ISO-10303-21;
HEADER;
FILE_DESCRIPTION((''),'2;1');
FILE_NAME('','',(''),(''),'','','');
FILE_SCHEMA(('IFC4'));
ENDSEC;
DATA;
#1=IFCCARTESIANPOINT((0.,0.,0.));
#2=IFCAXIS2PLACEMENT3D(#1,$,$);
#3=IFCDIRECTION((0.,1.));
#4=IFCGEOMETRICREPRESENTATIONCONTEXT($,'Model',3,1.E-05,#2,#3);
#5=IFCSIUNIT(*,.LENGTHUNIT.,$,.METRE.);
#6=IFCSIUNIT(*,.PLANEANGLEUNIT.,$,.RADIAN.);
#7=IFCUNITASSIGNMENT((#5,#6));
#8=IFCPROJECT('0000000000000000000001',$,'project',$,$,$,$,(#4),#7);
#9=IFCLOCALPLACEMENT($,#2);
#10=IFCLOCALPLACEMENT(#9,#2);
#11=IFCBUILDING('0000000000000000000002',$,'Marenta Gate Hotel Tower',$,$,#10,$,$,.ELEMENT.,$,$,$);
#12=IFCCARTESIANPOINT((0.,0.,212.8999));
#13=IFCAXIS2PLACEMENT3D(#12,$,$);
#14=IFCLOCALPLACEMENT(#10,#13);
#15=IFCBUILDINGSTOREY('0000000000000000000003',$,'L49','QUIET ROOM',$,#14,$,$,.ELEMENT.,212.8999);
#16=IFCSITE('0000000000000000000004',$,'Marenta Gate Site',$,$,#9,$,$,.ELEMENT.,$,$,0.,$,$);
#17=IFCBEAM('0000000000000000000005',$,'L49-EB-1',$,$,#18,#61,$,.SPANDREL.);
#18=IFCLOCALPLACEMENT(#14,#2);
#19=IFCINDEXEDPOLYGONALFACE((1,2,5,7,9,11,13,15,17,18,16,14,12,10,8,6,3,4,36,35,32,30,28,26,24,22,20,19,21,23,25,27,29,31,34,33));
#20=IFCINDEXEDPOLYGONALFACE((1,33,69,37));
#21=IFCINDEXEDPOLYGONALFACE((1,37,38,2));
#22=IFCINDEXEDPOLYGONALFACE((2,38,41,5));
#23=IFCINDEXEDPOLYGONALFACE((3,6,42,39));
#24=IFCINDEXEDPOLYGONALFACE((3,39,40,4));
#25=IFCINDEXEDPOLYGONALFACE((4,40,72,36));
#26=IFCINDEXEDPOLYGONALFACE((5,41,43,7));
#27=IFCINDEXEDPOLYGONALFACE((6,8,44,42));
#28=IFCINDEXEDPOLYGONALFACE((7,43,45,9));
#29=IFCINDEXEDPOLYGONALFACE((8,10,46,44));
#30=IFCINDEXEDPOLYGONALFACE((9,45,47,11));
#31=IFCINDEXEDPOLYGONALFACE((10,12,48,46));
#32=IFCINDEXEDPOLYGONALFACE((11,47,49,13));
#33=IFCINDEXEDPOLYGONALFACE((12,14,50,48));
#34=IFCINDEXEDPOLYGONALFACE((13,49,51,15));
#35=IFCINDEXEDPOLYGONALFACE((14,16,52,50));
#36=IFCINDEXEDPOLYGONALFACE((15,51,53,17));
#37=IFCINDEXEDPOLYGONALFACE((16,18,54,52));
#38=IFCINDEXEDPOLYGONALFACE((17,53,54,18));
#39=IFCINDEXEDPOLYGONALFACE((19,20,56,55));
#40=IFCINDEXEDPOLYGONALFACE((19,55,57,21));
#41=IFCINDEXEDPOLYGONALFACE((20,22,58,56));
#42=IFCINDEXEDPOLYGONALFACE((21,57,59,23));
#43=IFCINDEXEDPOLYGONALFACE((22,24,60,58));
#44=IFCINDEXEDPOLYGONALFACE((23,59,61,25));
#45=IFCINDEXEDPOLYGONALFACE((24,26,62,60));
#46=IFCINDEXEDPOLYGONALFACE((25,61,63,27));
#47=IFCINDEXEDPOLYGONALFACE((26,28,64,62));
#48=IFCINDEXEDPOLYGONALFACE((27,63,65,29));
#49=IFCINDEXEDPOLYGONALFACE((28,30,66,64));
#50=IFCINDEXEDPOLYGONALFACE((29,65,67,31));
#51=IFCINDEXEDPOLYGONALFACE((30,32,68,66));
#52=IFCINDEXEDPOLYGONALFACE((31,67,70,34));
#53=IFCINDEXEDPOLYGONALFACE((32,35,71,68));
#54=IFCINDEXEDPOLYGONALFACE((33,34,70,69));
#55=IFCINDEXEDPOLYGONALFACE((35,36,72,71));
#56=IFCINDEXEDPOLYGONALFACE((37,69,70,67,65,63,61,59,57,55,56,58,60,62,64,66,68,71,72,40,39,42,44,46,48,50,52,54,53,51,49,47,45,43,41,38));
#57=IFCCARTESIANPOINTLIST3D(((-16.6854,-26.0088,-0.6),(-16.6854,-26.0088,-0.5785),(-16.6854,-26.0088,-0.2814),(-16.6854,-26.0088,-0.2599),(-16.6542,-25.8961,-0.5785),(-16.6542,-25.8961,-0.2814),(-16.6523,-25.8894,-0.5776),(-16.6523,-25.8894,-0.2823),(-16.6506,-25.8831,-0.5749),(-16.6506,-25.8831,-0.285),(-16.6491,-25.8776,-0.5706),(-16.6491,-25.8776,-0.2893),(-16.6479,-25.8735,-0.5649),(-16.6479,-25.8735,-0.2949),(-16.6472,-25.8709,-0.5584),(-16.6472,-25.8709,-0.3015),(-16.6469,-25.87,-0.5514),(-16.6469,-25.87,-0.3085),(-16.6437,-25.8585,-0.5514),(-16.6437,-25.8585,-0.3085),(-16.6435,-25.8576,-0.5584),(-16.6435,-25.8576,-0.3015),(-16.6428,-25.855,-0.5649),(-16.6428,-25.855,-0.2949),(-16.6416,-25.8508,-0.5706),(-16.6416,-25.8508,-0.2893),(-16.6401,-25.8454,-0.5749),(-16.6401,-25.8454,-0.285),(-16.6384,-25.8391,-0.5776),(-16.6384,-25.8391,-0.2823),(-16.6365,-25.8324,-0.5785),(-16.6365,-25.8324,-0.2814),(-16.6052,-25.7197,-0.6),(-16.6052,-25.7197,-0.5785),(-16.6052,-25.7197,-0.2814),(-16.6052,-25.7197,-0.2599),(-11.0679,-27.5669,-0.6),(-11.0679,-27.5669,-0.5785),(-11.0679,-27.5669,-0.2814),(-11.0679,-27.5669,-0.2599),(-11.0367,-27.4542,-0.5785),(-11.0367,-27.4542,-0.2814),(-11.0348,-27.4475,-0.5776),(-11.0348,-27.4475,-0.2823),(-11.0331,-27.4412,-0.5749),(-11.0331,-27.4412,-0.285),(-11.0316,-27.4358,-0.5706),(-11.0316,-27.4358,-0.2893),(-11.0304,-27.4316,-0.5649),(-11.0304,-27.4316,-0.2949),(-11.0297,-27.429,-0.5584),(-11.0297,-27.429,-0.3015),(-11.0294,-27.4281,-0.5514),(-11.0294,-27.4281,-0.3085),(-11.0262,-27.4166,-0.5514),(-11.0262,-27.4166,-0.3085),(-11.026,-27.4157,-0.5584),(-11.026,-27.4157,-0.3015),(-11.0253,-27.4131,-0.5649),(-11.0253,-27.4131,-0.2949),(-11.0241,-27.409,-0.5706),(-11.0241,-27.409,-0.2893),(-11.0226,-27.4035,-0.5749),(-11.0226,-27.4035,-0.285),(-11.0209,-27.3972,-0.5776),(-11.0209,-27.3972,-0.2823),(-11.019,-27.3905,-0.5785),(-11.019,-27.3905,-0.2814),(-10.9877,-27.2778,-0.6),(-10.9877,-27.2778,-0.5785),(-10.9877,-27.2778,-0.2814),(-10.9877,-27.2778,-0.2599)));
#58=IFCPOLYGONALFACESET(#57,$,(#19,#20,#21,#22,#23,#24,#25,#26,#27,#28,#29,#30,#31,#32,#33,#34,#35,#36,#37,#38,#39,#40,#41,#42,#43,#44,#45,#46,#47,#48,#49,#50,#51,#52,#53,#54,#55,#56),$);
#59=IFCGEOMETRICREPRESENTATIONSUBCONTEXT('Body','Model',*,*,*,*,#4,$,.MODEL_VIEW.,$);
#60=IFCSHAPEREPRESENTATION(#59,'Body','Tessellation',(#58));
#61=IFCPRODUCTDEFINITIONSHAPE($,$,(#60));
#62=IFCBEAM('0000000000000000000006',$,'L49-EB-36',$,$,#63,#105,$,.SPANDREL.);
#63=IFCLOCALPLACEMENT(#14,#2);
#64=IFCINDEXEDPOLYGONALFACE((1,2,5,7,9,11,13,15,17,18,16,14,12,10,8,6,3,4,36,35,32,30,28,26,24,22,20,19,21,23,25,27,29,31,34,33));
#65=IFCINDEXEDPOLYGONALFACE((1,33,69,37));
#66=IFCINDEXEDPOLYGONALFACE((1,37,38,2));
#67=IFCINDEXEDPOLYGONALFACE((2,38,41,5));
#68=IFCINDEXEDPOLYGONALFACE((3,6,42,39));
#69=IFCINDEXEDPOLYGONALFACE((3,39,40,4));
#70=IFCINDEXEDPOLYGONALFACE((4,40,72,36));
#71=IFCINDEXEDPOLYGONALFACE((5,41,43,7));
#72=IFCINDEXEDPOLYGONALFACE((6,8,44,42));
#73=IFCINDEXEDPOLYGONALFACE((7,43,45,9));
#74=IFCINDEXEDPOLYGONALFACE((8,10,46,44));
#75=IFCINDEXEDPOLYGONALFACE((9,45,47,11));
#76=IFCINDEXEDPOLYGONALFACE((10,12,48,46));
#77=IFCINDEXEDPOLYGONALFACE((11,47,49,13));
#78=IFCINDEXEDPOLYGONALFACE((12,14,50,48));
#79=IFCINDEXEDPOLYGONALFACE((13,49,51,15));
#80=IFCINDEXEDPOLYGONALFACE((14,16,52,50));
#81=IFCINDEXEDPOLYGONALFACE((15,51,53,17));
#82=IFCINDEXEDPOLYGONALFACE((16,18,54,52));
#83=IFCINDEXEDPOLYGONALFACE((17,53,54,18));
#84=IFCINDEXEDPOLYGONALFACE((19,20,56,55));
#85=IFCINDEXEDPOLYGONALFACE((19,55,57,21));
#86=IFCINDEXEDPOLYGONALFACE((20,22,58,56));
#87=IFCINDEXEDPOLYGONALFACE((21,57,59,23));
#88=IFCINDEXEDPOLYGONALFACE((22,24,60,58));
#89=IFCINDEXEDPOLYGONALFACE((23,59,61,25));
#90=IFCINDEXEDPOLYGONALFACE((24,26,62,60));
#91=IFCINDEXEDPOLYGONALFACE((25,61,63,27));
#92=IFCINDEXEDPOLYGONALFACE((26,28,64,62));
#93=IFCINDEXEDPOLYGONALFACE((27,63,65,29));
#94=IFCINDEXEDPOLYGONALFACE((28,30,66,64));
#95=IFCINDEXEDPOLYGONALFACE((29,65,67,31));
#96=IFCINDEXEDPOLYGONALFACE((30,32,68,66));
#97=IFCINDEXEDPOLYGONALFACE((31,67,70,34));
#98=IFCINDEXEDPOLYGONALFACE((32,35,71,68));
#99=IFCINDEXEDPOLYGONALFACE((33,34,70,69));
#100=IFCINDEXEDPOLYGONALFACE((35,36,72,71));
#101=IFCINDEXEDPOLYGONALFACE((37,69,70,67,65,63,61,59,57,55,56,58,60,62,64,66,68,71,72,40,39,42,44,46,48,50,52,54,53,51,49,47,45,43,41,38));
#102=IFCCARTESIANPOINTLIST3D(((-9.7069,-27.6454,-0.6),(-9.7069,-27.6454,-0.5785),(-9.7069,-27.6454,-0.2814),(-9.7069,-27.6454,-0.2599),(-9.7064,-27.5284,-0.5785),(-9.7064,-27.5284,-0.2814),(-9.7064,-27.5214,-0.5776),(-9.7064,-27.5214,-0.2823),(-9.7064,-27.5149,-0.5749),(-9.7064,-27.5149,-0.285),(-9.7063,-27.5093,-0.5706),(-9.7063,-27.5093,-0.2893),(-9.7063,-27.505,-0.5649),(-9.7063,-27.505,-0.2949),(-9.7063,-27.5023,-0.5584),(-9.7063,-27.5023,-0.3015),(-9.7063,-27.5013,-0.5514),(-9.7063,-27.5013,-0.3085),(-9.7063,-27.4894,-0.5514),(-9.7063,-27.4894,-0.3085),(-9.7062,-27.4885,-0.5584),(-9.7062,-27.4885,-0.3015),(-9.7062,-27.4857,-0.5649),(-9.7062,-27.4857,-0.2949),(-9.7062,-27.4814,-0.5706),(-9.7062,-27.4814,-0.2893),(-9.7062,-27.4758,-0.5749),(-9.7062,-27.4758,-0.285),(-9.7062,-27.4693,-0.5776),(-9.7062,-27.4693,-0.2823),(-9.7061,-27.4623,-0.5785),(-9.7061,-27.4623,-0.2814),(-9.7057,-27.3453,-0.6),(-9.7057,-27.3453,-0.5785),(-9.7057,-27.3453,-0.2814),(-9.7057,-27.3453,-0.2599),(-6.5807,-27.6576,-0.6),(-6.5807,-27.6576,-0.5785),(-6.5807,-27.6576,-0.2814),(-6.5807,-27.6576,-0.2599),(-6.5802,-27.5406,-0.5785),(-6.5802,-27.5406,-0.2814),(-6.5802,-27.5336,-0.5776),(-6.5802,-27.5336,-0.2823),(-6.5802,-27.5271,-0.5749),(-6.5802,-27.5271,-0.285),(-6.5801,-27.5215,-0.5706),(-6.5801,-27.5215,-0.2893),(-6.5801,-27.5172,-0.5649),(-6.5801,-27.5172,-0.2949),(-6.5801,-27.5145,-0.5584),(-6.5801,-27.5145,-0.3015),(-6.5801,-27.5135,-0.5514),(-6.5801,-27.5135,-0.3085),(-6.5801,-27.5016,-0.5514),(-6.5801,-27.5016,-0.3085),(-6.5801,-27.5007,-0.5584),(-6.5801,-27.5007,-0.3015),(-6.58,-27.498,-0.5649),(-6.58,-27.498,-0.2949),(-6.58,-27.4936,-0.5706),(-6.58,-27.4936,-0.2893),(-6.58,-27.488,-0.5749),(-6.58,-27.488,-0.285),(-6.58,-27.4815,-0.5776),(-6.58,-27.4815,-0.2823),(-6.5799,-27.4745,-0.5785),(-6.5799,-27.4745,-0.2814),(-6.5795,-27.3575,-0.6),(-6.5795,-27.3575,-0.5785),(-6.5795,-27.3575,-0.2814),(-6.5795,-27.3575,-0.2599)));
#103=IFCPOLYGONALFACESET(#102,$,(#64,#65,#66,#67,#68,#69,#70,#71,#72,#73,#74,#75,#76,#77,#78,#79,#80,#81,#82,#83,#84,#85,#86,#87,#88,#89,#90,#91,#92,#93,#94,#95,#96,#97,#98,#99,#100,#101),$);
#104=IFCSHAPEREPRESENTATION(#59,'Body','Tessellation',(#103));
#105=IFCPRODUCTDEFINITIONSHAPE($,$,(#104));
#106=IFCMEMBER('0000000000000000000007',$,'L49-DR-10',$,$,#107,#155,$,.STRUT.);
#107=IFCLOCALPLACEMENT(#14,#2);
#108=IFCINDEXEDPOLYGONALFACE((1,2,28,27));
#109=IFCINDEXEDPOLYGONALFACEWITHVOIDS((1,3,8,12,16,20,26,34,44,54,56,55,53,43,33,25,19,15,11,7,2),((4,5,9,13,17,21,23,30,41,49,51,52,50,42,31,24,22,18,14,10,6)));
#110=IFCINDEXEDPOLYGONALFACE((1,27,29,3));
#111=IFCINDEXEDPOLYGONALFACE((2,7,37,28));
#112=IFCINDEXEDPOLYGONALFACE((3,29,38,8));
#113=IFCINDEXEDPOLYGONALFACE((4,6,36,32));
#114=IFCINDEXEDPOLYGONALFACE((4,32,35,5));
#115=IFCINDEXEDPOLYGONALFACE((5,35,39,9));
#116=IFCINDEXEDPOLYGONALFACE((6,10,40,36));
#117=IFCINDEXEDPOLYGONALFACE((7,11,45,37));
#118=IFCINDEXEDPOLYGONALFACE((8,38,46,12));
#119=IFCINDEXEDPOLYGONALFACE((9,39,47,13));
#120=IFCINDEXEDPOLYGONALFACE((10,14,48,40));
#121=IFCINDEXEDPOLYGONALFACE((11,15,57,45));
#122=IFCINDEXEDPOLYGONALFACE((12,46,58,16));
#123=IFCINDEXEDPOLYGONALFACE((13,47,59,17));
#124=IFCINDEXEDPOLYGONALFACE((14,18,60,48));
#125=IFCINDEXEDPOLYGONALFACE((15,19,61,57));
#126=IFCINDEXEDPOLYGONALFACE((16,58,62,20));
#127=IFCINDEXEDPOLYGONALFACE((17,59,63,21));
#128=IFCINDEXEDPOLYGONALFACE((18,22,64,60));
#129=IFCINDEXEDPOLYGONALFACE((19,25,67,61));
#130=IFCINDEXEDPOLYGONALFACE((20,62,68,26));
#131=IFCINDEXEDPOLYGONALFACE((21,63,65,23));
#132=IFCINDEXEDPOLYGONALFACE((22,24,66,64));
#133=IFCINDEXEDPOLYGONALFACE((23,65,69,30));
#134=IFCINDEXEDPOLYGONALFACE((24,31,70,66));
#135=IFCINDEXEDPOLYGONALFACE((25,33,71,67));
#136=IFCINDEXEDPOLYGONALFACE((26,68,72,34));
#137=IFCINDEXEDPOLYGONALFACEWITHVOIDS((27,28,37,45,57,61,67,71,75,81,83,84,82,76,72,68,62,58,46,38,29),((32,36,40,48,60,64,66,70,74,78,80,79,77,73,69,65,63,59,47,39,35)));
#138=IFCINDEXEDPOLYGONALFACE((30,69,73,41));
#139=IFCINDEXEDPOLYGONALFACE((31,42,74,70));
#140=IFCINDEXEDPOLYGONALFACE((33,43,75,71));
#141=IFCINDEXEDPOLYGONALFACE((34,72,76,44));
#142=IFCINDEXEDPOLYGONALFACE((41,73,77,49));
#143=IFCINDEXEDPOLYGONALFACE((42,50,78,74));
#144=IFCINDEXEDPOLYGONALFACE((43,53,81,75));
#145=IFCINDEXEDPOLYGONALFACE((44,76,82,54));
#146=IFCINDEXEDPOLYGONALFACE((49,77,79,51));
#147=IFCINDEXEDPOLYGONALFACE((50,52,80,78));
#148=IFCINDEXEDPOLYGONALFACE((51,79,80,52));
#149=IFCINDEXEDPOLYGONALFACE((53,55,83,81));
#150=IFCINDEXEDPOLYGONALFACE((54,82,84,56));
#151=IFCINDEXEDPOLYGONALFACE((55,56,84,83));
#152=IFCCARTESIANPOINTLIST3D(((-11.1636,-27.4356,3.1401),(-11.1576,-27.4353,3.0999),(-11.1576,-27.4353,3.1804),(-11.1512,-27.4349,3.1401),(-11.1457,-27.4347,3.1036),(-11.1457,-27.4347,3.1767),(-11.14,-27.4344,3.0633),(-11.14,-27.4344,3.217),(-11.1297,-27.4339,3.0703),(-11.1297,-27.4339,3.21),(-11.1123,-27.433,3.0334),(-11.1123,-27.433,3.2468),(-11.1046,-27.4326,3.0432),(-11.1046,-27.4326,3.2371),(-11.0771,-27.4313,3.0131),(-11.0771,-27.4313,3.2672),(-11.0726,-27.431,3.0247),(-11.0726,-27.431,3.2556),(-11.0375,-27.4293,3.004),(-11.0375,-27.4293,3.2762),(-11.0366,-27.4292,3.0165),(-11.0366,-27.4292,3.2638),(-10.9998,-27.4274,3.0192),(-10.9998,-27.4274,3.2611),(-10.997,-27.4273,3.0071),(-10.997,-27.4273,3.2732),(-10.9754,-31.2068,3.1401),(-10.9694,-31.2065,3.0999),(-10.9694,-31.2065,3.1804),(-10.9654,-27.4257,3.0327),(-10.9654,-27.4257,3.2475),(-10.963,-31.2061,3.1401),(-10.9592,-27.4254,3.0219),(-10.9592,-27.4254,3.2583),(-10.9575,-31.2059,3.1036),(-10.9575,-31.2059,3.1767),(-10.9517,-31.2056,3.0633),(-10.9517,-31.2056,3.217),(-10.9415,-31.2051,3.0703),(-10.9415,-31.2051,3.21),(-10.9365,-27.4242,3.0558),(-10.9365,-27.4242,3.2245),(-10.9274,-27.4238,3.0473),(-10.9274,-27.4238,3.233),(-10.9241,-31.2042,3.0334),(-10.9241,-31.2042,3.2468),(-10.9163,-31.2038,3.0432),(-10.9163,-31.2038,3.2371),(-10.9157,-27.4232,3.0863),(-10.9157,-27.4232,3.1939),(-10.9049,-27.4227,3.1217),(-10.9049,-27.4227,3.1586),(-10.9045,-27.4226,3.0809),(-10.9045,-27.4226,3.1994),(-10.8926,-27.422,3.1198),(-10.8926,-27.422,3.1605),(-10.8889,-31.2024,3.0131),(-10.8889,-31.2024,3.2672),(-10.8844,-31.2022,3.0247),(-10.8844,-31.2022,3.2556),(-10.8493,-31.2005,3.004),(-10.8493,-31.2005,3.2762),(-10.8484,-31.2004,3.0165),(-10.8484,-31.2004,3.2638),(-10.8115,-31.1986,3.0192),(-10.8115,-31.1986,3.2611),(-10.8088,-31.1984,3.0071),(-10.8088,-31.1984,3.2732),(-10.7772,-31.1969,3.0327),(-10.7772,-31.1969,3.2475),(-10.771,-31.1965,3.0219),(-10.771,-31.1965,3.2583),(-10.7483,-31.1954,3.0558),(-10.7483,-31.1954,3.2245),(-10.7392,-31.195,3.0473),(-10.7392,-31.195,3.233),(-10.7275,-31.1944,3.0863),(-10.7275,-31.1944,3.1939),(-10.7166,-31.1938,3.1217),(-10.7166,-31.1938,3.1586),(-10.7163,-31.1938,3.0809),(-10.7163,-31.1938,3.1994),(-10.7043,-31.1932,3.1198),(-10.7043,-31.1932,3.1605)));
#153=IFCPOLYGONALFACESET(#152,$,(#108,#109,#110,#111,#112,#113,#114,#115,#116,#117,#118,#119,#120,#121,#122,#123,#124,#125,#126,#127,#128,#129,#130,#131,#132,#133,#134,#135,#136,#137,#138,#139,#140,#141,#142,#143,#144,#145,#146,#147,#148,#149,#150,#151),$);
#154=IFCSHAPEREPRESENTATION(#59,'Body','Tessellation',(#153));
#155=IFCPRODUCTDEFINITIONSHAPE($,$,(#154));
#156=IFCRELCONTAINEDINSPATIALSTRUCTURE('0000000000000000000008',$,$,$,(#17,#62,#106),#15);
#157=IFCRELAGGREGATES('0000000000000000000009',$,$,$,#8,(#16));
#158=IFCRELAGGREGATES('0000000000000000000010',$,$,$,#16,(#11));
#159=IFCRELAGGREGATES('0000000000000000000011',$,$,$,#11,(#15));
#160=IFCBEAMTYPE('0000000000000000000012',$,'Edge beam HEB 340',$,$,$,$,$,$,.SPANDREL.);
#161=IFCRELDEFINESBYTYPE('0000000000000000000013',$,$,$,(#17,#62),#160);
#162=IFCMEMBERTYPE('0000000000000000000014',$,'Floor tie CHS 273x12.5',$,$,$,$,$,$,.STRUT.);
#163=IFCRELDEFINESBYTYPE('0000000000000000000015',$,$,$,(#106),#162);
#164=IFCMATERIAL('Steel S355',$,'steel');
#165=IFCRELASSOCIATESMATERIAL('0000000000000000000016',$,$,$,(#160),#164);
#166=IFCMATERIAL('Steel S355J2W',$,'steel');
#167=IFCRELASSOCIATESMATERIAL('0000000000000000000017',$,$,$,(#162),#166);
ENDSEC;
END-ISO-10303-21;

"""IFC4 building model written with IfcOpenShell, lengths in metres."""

from ifc_helpers import new_model, si_unit, direction, frame, origin, origin_2d, place, context, subcontext, project, spatial, hollow_circle, i_section, extrude, material, material_profile, profile_set, type_object, element, save


model = new_model("IFC4")

# Units and contexts
model_context = context("Model", 3, precision=1e-05, world=origin(), true_north=direction((0.0, 1.0)))
body_context = subcontext(model_context, "Body", "Model", "MODEL_VIEW")
ifc_project = project(units=[si_unit("LENGTHUNIT", "METRE"), si_unit("PLANEANGLEUNIT", "RADIAN")], contexts=[model_context])

# Site, building, storey
site_placement = place(None, origin())
site = spatial("IfcSite", under=ifc_project, at=site_placement, Name="Marenta Gate Site", CompositionType="ELEMENT", RefElevation=0.0)
building_placement = place(site_placement, origin())
building = spatial("IfcBuilding", under=site, at=building_placement, Name="Marenta Gate Hotel Tower", CompositionType="ELEMENT")
storey_placement = place(building_placement, frame((0.0, 0.0, 212.8999)))
storey = spatial("IfcBuildingStorey", under=building, at=storey_placement, Name="L49", Description="QUIET ROOM", CompositionType="ELEMENT", Elevation=212.8999)

# Beams
ifc_material_1 = material(Name="Steel S355", Category="steel")
ifc_material_profile_1 = material_profile(ifc_material_1, i_section(OverallWidth=0.3, OverallDepth=0.3401, WebThickness=0.012, FlangeThickness=0.0215, FilletRadius=0.0271, at=origin_2d()), Name="HEB 340")
ifc_profile_set_1 = profile_set([ifc_material_profile_1], Name="Steel S355")
beam_type_1 = type_object("IfcBeamType", Name="Edge beam HEB 340", PredefinedType="SPANDREL", material=ifc_profile_set_1)
beam_1_placement = place(storey_placement, frame((-11.0278, -27.4224, -0.4299), z_axis=(-0.963619, 0.267279, 0.0), x_axis=(-0.267279, -0.963619, 0.0)))
element("IfcBeam", 1, at=beam_1_placement, inside=storey, type_object=beam_type_1, Name="L49-EB-1", PredefinedType="SPANDREL", context=body_context, shape_type="SweptSolid", body=[
    extrude(i_section(OverallWidth=0.3, OverallDepth=0.3401, WebThickness=0.012, FlangeThickness=0.0215, FilletRadius=0.0271, at=origin_2d()), origin(), (0.0, 0.0, 1.0), 5.8296),
])
beam_2_placement = place(storey_placement, frame((-6.5801, -27.5076, -0.4299), z_axis=(-0.999992, 0.003905, 0.0), x_axis=(-0.003905, -0.999992, 0.0)))
element("IfcBeam", 2, at=beam_2_placement, inside=storey, type_object=beam_type_1, Name="L49-EB-36", PredefinedType="SPANDREL", context=body_context, shape_type="SweptSolid", body=[
    extrude(i_section(OverallWidth=0.3, OverallDepth=0.3401, WebThickness=0.012, FlangeThickness=0.0215, FilletRadius=0.0271, at=origin_2d()), origin(), (0.0, 0.0, 1.0), 3.1262),
])

# Member
ifc_material_2 = material(Name="Steel S355J2W", Category="steel")
ifc_material_profile_2 = material_profile(ifc_material_2, hollow_circle(Radius=0.1365, WallThickness=0.0125, at=origin_2d()), Name="CHS 273x12.5")
ifc_profile_set_2 = profile_set([ifc_material_profile_2], Name="Steel S355J2W")
member_type_1 = type_object("IfcMemberType", Name="Floor tie CHS 273x12.5", PredefinedType="STRUT", material=ifc_profile_set_2)
member_1_placement = place(storey_placement, frame((-10.8391, -31.2, 3.1401), z_axis=(-0.049851, 0.998757, 0.0), x_axis=(-0.998757, -0.049851, 0.0)))
element("IfcMember", 3, at=member_1_placement, inside=storey, type_object=member_type_1, Name="L49-DR-10", PredefinedType="STRUT", context=body_context, shape_type="SweptSolid", body=[
    extrude(hollow_circle(Radius=0.1365, WallThickness=0.0125, at=origin_2d()), origin(), (0.0, 0.0, 1.0), 3.7759),
])

save(model, "model.ifc")
